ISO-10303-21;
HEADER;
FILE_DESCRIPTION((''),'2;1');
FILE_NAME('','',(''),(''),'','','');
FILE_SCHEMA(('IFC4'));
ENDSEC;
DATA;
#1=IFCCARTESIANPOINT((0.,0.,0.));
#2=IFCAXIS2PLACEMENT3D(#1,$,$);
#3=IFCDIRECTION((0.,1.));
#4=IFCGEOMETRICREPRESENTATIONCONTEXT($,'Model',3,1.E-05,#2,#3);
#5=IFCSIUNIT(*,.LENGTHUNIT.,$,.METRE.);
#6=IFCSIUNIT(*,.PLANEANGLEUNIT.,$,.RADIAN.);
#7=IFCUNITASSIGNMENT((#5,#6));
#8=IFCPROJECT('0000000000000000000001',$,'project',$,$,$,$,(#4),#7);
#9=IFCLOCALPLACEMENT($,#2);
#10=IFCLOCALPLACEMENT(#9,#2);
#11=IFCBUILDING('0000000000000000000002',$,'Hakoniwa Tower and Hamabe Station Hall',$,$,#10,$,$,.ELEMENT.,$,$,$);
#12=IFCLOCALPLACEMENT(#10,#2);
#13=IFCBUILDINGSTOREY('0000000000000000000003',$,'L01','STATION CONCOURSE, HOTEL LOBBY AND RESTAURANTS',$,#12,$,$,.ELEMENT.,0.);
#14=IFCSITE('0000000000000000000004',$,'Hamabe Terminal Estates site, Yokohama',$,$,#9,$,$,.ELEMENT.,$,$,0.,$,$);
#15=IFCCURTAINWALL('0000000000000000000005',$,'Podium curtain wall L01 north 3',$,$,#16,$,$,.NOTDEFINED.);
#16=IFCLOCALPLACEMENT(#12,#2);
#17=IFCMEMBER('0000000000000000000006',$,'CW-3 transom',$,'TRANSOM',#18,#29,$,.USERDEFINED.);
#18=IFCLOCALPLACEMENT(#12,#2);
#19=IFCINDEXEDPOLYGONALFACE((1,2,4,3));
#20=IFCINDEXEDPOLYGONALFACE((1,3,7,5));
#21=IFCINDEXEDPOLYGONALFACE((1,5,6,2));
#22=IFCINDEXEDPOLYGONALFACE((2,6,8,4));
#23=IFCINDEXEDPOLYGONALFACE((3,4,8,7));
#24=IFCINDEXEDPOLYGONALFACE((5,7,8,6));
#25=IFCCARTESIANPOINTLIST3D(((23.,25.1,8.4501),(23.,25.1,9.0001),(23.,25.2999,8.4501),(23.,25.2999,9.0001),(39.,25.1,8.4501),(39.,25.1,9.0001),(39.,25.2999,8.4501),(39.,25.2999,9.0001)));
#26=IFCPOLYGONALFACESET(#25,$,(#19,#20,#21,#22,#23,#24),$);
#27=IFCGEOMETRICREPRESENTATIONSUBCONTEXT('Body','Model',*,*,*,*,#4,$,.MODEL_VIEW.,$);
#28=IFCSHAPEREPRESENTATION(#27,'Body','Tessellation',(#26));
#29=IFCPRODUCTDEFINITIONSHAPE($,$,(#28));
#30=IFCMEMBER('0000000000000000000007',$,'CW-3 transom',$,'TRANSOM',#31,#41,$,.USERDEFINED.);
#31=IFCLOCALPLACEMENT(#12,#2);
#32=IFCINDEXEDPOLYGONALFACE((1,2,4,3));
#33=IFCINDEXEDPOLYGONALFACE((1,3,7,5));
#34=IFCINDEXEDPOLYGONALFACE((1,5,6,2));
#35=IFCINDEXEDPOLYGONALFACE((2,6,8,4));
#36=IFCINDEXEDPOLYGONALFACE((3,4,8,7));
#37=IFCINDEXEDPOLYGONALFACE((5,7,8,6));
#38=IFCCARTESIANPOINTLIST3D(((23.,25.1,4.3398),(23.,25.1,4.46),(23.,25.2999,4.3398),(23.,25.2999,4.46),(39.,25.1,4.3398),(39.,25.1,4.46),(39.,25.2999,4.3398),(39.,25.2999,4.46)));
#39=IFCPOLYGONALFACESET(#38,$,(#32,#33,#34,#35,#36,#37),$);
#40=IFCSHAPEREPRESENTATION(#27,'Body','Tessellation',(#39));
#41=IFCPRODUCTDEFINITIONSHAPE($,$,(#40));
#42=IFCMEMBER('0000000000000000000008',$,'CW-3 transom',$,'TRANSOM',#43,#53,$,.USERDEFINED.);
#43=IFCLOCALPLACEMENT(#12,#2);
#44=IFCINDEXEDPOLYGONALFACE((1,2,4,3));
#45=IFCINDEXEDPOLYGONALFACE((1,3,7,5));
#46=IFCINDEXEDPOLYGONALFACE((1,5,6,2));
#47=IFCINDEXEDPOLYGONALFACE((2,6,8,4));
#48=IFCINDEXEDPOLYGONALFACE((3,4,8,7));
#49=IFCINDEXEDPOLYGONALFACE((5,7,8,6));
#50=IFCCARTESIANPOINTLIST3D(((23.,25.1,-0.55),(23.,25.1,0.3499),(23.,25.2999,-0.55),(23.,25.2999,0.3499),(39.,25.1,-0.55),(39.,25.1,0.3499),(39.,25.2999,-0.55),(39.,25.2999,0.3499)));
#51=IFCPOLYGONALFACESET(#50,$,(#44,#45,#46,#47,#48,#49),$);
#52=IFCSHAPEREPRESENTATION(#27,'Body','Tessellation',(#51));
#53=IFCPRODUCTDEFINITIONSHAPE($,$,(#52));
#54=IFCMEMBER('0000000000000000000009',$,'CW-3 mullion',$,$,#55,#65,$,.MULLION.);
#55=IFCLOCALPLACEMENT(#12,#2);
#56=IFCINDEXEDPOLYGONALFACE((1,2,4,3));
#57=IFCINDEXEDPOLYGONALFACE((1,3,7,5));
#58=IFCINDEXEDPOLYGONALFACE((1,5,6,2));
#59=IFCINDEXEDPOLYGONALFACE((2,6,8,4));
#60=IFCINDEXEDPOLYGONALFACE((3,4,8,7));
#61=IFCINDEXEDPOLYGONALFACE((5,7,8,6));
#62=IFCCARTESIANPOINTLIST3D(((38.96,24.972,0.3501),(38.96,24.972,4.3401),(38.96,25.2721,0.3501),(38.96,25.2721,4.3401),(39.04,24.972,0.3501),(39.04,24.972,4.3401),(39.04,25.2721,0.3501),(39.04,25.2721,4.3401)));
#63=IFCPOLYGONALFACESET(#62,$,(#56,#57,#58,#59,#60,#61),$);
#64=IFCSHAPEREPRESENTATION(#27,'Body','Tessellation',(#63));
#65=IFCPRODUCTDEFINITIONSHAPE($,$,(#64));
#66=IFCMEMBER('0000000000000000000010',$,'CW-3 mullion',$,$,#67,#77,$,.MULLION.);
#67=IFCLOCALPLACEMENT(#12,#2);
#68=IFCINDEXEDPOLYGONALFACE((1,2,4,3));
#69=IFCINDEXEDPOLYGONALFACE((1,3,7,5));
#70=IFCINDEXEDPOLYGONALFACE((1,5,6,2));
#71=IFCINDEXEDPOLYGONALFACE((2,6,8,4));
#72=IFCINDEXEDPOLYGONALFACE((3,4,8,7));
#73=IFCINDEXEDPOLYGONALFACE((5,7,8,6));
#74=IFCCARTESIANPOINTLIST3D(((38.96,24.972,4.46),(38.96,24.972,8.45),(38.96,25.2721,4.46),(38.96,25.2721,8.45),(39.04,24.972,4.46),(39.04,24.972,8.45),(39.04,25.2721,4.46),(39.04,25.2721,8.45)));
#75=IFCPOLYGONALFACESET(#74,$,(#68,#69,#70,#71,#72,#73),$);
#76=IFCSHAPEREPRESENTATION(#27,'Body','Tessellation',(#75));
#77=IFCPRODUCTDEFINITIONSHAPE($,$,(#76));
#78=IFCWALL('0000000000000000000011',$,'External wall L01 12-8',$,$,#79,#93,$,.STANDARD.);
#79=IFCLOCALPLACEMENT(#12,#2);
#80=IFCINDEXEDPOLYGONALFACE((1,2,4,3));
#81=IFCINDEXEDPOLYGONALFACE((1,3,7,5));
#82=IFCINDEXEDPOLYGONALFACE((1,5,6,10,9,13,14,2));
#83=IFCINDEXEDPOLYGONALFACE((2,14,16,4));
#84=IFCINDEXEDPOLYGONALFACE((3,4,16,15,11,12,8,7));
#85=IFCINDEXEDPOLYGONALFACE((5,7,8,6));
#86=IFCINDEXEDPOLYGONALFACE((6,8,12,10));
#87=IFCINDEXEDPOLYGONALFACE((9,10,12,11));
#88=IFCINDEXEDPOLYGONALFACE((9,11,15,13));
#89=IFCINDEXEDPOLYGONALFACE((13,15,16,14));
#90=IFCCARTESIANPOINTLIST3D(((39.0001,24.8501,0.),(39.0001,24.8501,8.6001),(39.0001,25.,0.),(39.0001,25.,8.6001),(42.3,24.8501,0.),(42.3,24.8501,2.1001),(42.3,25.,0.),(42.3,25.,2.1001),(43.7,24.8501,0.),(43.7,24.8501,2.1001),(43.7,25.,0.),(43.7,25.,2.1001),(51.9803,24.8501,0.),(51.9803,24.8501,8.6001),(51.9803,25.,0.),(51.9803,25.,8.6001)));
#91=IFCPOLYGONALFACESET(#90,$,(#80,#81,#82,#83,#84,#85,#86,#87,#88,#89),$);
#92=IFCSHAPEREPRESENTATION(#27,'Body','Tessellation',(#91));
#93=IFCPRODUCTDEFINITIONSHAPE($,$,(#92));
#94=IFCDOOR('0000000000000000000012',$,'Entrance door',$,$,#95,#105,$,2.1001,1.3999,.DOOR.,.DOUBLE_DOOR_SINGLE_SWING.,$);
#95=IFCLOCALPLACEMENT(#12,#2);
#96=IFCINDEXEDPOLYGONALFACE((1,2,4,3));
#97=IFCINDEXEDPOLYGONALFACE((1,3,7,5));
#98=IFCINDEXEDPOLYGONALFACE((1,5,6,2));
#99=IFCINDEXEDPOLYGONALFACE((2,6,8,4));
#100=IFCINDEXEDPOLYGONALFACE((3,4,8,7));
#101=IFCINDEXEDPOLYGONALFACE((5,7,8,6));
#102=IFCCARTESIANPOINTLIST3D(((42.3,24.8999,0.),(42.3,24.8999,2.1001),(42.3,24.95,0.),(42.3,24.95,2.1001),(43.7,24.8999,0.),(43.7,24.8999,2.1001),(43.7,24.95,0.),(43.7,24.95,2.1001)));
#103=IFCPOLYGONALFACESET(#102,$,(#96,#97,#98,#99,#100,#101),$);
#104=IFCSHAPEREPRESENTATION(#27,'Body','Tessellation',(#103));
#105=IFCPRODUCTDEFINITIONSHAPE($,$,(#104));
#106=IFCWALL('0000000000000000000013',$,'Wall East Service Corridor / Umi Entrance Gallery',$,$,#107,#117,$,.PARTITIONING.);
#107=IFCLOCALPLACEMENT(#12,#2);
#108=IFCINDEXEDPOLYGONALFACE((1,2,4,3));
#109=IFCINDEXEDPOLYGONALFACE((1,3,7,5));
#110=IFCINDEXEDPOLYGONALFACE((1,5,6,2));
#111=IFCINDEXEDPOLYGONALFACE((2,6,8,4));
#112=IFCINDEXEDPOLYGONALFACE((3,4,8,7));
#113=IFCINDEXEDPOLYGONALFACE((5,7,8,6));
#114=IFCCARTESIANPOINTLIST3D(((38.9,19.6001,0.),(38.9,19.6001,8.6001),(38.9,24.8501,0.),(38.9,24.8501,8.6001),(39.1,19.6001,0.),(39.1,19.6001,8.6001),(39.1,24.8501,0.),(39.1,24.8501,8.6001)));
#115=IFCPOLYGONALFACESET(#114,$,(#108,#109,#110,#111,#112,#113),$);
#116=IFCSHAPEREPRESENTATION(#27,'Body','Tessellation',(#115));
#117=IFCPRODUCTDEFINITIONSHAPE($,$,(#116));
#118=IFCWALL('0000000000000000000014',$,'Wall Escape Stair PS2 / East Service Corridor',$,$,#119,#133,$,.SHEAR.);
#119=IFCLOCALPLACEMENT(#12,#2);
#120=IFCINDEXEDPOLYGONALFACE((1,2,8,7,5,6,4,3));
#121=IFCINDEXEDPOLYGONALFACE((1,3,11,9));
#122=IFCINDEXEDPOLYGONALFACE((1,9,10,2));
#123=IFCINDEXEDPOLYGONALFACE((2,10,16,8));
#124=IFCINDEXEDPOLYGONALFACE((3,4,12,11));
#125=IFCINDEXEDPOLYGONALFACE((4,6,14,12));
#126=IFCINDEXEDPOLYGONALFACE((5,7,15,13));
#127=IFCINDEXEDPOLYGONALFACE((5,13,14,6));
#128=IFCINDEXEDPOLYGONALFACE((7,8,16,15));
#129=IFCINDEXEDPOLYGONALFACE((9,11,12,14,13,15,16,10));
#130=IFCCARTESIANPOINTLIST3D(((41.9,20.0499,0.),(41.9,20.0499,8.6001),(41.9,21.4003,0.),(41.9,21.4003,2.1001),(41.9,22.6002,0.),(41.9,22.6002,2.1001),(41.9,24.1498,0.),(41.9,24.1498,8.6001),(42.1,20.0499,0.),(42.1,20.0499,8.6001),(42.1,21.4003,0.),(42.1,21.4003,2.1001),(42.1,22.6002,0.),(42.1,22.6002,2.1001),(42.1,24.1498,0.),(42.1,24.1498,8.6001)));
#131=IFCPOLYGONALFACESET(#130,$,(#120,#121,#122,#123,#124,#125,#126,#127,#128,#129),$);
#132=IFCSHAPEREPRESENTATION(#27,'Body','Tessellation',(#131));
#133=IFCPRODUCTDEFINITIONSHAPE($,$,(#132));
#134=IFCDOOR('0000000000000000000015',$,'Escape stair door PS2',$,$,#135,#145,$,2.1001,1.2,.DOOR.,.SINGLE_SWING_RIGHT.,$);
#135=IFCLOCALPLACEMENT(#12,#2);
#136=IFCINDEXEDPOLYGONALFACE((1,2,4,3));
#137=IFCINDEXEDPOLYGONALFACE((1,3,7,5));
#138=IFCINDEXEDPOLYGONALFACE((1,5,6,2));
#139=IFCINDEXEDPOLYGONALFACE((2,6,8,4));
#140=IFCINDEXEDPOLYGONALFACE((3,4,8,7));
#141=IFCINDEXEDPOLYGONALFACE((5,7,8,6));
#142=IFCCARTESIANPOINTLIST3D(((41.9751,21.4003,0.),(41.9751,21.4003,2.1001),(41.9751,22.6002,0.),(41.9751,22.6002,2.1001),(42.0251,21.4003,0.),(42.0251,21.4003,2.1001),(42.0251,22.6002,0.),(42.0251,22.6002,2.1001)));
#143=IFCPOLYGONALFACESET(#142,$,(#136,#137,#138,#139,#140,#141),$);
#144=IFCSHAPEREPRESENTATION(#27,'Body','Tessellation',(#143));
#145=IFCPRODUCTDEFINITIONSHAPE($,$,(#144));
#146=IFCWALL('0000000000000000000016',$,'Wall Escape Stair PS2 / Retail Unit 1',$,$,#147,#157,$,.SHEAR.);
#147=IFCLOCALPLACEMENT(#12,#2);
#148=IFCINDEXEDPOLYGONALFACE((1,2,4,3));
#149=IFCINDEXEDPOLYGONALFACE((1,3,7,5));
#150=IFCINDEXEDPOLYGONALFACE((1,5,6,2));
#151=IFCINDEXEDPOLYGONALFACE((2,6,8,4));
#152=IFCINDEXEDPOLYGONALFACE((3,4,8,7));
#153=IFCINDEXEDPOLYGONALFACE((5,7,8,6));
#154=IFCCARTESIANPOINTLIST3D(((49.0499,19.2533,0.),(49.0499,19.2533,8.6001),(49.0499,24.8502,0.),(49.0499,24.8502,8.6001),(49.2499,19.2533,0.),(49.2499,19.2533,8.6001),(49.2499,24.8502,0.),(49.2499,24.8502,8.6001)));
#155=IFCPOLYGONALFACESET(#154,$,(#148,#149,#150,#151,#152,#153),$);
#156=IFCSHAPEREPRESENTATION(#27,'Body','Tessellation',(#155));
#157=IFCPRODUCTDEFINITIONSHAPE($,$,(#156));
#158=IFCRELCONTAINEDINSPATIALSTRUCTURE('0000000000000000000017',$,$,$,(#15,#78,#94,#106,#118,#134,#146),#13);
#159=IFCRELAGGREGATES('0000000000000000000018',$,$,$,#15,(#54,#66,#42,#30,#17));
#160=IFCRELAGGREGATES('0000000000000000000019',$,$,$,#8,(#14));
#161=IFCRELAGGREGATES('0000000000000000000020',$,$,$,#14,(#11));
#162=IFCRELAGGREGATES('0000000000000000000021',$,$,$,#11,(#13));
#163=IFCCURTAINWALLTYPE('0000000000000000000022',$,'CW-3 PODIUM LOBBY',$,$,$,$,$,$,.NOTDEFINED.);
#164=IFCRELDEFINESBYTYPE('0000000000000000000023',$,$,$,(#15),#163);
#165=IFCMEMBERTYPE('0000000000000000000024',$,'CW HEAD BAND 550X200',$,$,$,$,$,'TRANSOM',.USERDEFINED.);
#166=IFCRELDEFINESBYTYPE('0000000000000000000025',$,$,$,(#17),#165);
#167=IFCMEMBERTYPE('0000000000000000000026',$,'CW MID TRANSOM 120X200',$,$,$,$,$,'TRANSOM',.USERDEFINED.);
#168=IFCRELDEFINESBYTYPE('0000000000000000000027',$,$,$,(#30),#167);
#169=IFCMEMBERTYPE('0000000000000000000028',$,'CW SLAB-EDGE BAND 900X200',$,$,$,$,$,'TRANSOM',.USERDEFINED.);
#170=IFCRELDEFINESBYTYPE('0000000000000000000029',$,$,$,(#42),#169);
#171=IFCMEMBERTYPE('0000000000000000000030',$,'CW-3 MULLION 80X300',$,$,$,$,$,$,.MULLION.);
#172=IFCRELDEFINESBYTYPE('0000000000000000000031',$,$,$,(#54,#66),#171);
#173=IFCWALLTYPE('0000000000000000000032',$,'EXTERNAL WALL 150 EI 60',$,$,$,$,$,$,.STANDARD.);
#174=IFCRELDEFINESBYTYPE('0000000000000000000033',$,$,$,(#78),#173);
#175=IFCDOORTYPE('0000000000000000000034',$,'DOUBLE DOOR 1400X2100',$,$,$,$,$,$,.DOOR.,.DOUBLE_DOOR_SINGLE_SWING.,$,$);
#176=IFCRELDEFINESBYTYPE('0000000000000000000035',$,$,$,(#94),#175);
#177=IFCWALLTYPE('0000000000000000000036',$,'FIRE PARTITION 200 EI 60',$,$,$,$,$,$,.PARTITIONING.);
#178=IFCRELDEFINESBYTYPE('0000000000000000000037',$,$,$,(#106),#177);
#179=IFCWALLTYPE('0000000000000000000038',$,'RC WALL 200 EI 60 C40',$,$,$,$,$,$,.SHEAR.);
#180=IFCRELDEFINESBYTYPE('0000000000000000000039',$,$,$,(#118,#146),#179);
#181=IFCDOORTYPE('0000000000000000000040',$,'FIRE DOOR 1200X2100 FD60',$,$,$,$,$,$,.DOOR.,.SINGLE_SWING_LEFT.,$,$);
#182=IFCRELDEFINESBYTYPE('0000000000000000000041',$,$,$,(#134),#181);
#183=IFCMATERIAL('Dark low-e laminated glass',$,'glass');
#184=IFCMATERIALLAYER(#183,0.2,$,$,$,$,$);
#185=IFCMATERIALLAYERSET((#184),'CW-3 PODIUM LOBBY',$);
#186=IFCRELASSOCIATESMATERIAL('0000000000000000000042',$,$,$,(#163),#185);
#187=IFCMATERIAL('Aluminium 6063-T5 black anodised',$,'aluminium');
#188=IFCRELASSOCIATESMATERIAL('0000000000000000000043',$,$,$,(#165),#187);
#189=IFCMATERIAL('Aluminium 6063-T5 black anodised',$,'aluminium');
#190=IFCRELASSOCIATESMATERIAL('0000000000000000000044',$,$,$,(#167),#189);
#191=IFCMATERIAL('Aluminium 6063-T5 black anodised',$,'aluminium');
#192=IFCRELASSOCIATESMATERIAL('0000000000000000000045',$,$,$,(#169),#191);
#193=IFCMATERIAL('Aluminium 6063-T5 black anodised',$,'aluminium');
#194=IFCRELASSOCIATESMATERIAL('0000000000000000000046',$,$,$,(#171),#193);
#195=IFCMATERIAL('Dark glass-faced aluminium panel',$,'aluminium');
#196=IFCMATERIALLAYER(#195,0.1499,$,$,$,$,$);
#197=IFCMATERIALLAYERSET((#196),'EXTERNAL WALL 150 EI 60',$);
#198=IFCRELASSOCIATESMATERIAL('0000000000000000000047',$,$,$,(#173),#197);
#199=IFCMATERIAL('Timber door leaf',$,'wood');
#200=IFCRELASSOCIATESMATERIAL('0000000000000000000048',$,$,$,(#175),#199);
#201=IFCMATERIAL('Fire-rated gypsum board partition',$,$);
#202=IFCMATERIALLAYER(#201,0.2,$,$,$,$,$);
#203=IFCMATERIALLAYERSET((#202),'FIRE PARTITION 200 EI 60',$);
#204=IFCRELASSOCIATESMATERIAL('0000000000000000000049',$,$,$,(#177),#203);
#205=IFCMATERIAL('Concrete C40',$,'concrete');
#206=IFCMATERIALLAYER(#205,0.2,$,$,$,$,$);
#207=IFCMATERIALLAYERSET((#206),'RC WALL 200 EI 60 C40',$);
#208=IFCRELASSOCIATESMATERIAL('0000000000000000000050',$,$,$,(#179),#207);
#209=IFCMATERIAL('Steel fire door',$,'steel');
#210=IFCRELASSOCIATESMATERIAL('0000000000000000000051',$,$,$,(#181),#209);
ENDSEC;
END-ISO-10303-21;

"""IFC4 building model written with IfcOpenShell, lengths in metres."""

from ifc_helpers import new_model, si_unit, direction, frame, frame_2d, origin, origin_2d, place, context, subcontext, project, spatial, rectangle, extrude, material, layer, layer_set, material_profile, profile_set, type_object, element, fill, aggregate, save


model = new_model("IFC4")

# Units and contexts
model_context = context("Model", 3, precision=1e-05, world=origin(), true_north=direction((0.0, 1.0)))
body_context = subcontext(model_context, "Body", "Model", "MODEL_VIEW")
ifc_project = project(units=[si_unit("LENGTHUNIT", "METRE"), si_unit("PLANEANGLEUNIT", "RADIAN")], contexts=[model_context])

# Site, building, storey
site_placement = place(None, origin())
site = spatial("IfcSite", under=ifc_project, at=site_placement, Name="Hamabe Terminal Estates site, Yokohama", CompositionType="ELEMENT", RefElevation=0.0)
building_placement = place(site_placement, origin())
building = spatial("IfcBuilding", under=site, at=building_placement, Name="Hakoniwa Tower and Hamabe Station Hall", CompositionType="ELEMENT")
storey_placement = place(building_placement, origin())
storey = spatial("IfcBuildingStorey", under=building, at=storey_placement, Name="L01", Description="STATION CONCOURSE, HOTEL LOBBY AND RESTAURANTS", CompositionType="ELEMENT", Elevation=0.0)

# Curtain wall, members
ifc_material_1 = material(Name="Dark low-e laminated glass", Category="glass")
ifc_layer_1 = layer(ifc_material_1, 0.2)
ifc_layer_set_1 = layer_set([ifc_layer_1], Name="CW-3 PODIUM LOBBY")
curtain_wall_type = type_object("IfcCurtainWallType", Name="CW-3 PODIUM LOBBY", PredefinedType="NOTDEFINED", material=ifc_layer_set_1)
curtain_wall_placement = place(storey_placement, origin())
curtain_wall = element("IfcCurtainWall", 1, at=curtain_wall_placement, inside=storey, type_object=curtain_wall_type, Name="Podium curtain wall L01 north 3", PredefinedType="NOTDEFINED")
ifc_material_2 = material(Name="Aluminium 6063-T5 black anodised", Category="aluminium")
ifc_material_profile_1 = material_profile(ifc_material_2, rectangle(XDim=0.2, YDim=0.55, at=origin_2d()), Name="CW HEAD BAND 550X200")
ifc_profile_set_1 = profile_set([ifc_material_profile_1], Name="Aluminium 6063-T5 black anodised")
member_type_1 = type_object("IfcMemberType", Name="CW HEAD BAND 550X200", ElementType="TRANSOM", PredefinedType="USERDEFINED", material=ifc_profile_set_1)
member_1_placement = place(storey_placement, frame((39.0, 25.2, 8.7251), z_axis=(-1.0, 0.0, 0.0), x_axis=(0.0, -1.0, 0.0)))
member_1 = element("IfcMember", 2, at=member_1_placement, type_object=member_type_1, Name="CW-3 transom", ObjectType="TRANSOM", PredefinedType="USERDEFINED", context=body_context, shape_type="SweptSolid", body=[
    extrude(rectangle(XDim=0.2, YDim=0.55, at=origin_2d()), origin(), (0.0, 0.0, 1.0), 16.0),
])
ifc_material_3 = material(Name="Aluminium 6063-T5 black anodised", Category="aluminium")
ifc_material_profile_2 = material_profile(ifc_material_3, rectangle(XDim=0.2, YDim=0.1201, at=origin_2d()), Name="CW MID TRANSOM 120X200")
ifc_profile_set_2 = profile_set([ifc_material_profile_2], Name="Aluminium 6063-T5 black anodised")
member_type_2 = type_object("IfcMemberType", Name="CW MID TRANSOM 120X200", ElementType="TRANSOM", PredefinedType="USERDEFINED", material=ifc_profile_set_2)
member_2_placement = place(storey_placement, frame((39.0, 25.2, 4.3999), z_axis=(-1.0, 0.0, 0.0), x_axis=(0.0, -1.0, 0.0)))
member_2 = element("IfcMember", 3, at=member_2_placement, type_object=member_type_2, Name="CW-3 transom", ObjectType="TRANSOM", PredefinedType="USERDEFINED", context=body_context, shape_type="SweptSolid", body=[
    extrude(rectangle(XDim=0.2, YDim=0.1201, at=origin_2d()), origin(), (0.0, 0.0, 1.0), 16.0),
])
ifc_material_4 = material(Name="Aluminium 6063-T5 black anodised", Category="aluminium")
ifc_material_profile_3 = material_profile(ifc_material_4, rectangle(XDim=0.2, YDim=0.8999, at=origin_2d()), Name="CW SLAB-EDGE BAND 900X200")
ifc_profile_set_3 = profile_set([ifc_material_profile_3], Name="Aluminium 6063-T5 black anodised")
member_type_3 = type_object("IfcMemberType", Name="CW SLAB-EDGE BAND 900X200", ElementType="TRANSOM", PredefinedType="USERDEFINED", material=ifc_profile_set_3)
member_3_placement = place(storey_placement, frame((39.0, 25.2, -0.1001), z_axis=(-1.0, 0.0, 0.0), x_axis=(0.0, -1.0, 0.0)))
member_3 = element("IfcMember", 4, at=member_3_placement, type_object=member_type_3, Name="CW-3 transom", ObjectType="TRANSOM", PredefinedType="USERDEFINED", context=body_context, shape_type="SweptSolid", body=[
    extrude(rectangle(XDim=0.2, YDim=0.8999, at=origin_2d()), origin(), (0.0, 0.0, 1.0), 16.0),
])
ifc_material_5 = material(Name="Aluminium 6063-T5 black anodised", Category="aluminium")
ifc_material_profile_4 = material_profile(ifc_material_5, rectangle(XDim=0.0801, YDim=0.3, at=origin_2d()), Name="CW-3 MULLION 80X300")
ifc_profile_set_4 = profile_set([ifc_material_profile_4], Name="Aluminium 6063-T5 black anodised")
member_type_4 = type_object("IfcMemberType", Name="CW-3 MULLION 80X300", PredefinedType="MULLION", material=ifc_profile_set_4)
member_4_placement = place(storey_placement, frame((39.0, 25.1221, 0.3501), z_axis=(0.0, 0.0, 1.0), x_axis=(-1.0, 0.0, 0.0)))
member_4 = element("IfcMember", 5, at=member_4_placement, type_object=member_type_4, Name="CW-3 mullion", PredefinedType="MULLION", context=body_context, shape_type="SweptSolid", body=[
    extrude(rectangle(XDim=0.0801, YDim=0.3, at=origin_2d()), origin(), (0.0, 0.0, 1.0), 3.99),
])
member_5_placement = place(storey_placement, frame((39.0, 25.1221, 4.46), z_axis=(0.0, 0.0, 1.0), x_axis=(-1.0, 0.0, 0.0)))
member_5 = element("IfcMember", 6, at=member_5_placement, type_object=member_type_4, Name="CW-3 mullion", PredefinedType="MULLION", context=body_context, shape_type="SweptSolid", body=[
    extrude(rectangle(XDim=0.0801, YDim=0.3, at=origin_2d()), origin(), (0.0, 0.0, 1.0), 3.99),
])
aggregate(curtain_wall, [member_4, member_5, member_3, member_2, member_1])

# Wall, opening, door
ifc_material_6 = material(Name="Dark glass-faced aluminium panel", Category="aluminium")
ifc_layer_2 = layer(ifc_material_6, 0.1499)
ifc_layer_set_2 = layer_set([ifc_layer_2], Name="EXTERNAL WALL 150 EI 60")
wall_type_1 = type_object("IfcWallType", Name="EXTERNAL WALL 150 EI 60", PredefinedType="STANDARD", material=ifc_layer_set_2)
wall_1_placement = place(storey_placement, frame((39.0, 24.925, 0.0), z_axis=(0.0, 0.0, 1.0), x_axis=(1.0, 0.0, 0.0)))
wall_1 = element("IfcWall", 7, at=wall_1_placement, inside=storey, type_object=wall_type_1, Name="External wall L01 12-8", PredefinedType="STANDARD", context=body_context, shape_type="SweptSolid", body=[
    extrude(rectangle(XDim=12.9802, YDim=0.1499, at=frame_2d((6.4902, 0.0))), origin(), (0.0, 0.0, 1.0), 8.6001),
])
opening_1_placement = place(wall_1_placement, frame((3.3, 0.0, 0.0)))
opening_1 = element("IfcOpeningElement", 8, at=opening_1_placement, cuts=wall_1, PredefinedType="OPENING", context=body_context, shape_type="SweptSolid", body=[
    extrude(rectangle(XDim=1.3999, YDim=2.1001, at=frame_2d((0.7, 1.05))), frame((0.0, 0.085, 0.0), z_axis=(0.0, -1.0, 0.0), x_axis=(1.0, 0.0, 0.0)), (0.0, 0.0, 1.0), 0.1699),
])
ifc_material_7 = material(Name="Timber door leaf", Category="wood")
door_type_1 = type_object("IfcDoorType", Name="DOUBLE DOOR 1400X2100", OperationType="DOUBLE_DOOR_SINGLE_SWING", PredefinedType="DOOR", material=ifc_material_7)
door_1_placement = place(opening_1_placement, origin())
door_1 = element("IfcDoor", 9, at=door_1_placement, inside=storey, type_object=door_type_1, Name="Entrance door", OperationType="DOUBLE_DOOR_SINGLE_SWING", OverallHeight=2.1001, OverallWidth=1.3999, PredefinedType="DOOR", context=body_context, shape_type="SweptSolid", body=[
    extrude(rectangle(XDim=1.3999, YDim=2.1001, at=frame_2d((0.7, 1.05))), frame((0.0, 0.0249, 0.0), z_axis=(0.0, -1.0, 0.0), x_axis=(1.0, 0.0, 0.0)), (0.0, 0.0, 1.0), 0.05),
])
fill(opening_1, door_1)

# Wall
ifc_material_8 = material(Name="Fire-rated gypsum board partition")
ifc_layer_3 = layer(ifc_material_8, 0.2)
ifc_layer_set_3 = layer_set([ifc_layer_3], Name="FIRE PARTITION 200 EI 60")
wall_type_2 = type_object("IfcWallType", Name="FIRE PARTITION 200 EI 60", PredefinedType="PARTITIONING", material=ifc_layer_set_3)
wall_2_placement = place(storey_placement, frame((39.0, 19.6001, 0.0), z_axis=(0.0, 0.0, 1.0), x_axis=(0.0, 1.0, 0.0)))
element("IfcWall", 10, at=wall_2_placement, inside=storey, type_object=wall_type_2, Name="Wall East Service Corridor / Umi Entrance Gallery", PredefinedType="PARTITIONING", context=body_context, shape_type="SweptSolid", body=[
    extrude(rectangle(XDim=5.25, YDim=0.2, at=frame_2d((2.625, 0.0))), origin(), (0.0, 0.0, 1.0), 8.6001),
])

# Wall, opening, door
ifc_material_9 = material(Name="Concrete C40", Category="concrete")
ifc_layer_4 = layer(ifc_material_9, 0.2)
ifc_layer_set_4 = layer_set([ifc_layer_4], Name="RC WALL 200 EI 60 C40")
wall_type_3 = type_object("IfcWallType", Name="RC WALL 200 EI 60 C40", PredefinedType="SHEAR", material=ifc_layer_set_4)
wall_3_placement = place(storey_placement, frame((42.0, 20.05, 0.0), z_axis=(0.0, 0.0, 1.0), x_axis=(0.0, 1.0, 0.0)))
wall_3 = element("IfcWall", 11, at=wall_3_placement, inside=storey, type_object=wall_type_3, Name="Wall Escape Stair PS2 / East Service Corridor", PredefinedType="SHEAR", context=body_context, shape_type="SweptSolid", body=[
    extrude(rectangle(XDim=4.0999, YDim=0.2, at=frame_2d((2.0498, 0.0))), origin(), (0.0, 0.0, 1.0), 8.6001),
])
opening_2_placement = place(wall_3_placement, frame((1.3501, 0.0, 0.0)))
opening_2 = element("IfcOpeningElement", 12, at=opening_2_placement, cuts=wall_3, PredefinedType="OPENING", context=body_context, shape_type="SweptSolid", body=[
    extrude(rectangle(XDim=1.2, YDim=2.1001, at=frame_2d((0.6001, 1.05))), frame((0.0, 0.1099, 0.0), z_axis=(0.0, -1.0, 0.0), x_axis=(1.0, 0.0, 0.0)), (0.0, 0.0, 1.0), 0.22),
])
ifc_material_10 = material(Name="Steel fire door", Category="steel")
door_type_2 = type_object("IfcDoorType", Name="FIRE DOOR 1200X2100 FD60", OperationType="SINGLE_SWING_LEFT", PredefinedType="DOOR", material=ifc_material_10)
door_2_placement = place(opening_2_placement, origin())
door_2 = element("IfcDoor", 13, at=door_2_placement, inside=storey, type_object=door_type_2, Name="Escape stair door PS2", OperationType="SINGLE_SWING_RIGHT", OverallHeight=2.1001, OverallWidth=1.2, PredefinedType="DOOR", context=body_context, shape_type="SweptSolid", body=[
    extrude(rectangle(XDim=1.2, YDim=2.1001, at=frame_2d((0.6001, 1.05))), frame((0.0, 0.0249, 0.0), z_axis=(0.0, -1.0, 0.0), x_axis=(1.0, 0.0, 0.0)), (0.0, 0.0, 1.0), 0.05),
])
fill(opening_2, door_2)

# Wall
wall_4_placement = place(storey_placement, frame((49.1499, 24.8501, 0.0), z_axis=(0.0, 0.0, 1.0), x_axis=(0.0, -1.0, 0.0)))
element("IfcWall", 14, at=wall_4_placement, inside=storey, type_object=wall_type_3, Name="Wall Escape Stair PS2 / Retail Unit 1", PredefinedType="SHEAR", context=body_context, shape_type="SweptSolid", body=[
    extrude(rectangle(XDim=5.5969, YDim=0.2, at=frame_2d((2.7983, 0.0))), origin(), (0.0, 0.0, 1.0), 8.6001),
])

save(model, "model.ifc")
